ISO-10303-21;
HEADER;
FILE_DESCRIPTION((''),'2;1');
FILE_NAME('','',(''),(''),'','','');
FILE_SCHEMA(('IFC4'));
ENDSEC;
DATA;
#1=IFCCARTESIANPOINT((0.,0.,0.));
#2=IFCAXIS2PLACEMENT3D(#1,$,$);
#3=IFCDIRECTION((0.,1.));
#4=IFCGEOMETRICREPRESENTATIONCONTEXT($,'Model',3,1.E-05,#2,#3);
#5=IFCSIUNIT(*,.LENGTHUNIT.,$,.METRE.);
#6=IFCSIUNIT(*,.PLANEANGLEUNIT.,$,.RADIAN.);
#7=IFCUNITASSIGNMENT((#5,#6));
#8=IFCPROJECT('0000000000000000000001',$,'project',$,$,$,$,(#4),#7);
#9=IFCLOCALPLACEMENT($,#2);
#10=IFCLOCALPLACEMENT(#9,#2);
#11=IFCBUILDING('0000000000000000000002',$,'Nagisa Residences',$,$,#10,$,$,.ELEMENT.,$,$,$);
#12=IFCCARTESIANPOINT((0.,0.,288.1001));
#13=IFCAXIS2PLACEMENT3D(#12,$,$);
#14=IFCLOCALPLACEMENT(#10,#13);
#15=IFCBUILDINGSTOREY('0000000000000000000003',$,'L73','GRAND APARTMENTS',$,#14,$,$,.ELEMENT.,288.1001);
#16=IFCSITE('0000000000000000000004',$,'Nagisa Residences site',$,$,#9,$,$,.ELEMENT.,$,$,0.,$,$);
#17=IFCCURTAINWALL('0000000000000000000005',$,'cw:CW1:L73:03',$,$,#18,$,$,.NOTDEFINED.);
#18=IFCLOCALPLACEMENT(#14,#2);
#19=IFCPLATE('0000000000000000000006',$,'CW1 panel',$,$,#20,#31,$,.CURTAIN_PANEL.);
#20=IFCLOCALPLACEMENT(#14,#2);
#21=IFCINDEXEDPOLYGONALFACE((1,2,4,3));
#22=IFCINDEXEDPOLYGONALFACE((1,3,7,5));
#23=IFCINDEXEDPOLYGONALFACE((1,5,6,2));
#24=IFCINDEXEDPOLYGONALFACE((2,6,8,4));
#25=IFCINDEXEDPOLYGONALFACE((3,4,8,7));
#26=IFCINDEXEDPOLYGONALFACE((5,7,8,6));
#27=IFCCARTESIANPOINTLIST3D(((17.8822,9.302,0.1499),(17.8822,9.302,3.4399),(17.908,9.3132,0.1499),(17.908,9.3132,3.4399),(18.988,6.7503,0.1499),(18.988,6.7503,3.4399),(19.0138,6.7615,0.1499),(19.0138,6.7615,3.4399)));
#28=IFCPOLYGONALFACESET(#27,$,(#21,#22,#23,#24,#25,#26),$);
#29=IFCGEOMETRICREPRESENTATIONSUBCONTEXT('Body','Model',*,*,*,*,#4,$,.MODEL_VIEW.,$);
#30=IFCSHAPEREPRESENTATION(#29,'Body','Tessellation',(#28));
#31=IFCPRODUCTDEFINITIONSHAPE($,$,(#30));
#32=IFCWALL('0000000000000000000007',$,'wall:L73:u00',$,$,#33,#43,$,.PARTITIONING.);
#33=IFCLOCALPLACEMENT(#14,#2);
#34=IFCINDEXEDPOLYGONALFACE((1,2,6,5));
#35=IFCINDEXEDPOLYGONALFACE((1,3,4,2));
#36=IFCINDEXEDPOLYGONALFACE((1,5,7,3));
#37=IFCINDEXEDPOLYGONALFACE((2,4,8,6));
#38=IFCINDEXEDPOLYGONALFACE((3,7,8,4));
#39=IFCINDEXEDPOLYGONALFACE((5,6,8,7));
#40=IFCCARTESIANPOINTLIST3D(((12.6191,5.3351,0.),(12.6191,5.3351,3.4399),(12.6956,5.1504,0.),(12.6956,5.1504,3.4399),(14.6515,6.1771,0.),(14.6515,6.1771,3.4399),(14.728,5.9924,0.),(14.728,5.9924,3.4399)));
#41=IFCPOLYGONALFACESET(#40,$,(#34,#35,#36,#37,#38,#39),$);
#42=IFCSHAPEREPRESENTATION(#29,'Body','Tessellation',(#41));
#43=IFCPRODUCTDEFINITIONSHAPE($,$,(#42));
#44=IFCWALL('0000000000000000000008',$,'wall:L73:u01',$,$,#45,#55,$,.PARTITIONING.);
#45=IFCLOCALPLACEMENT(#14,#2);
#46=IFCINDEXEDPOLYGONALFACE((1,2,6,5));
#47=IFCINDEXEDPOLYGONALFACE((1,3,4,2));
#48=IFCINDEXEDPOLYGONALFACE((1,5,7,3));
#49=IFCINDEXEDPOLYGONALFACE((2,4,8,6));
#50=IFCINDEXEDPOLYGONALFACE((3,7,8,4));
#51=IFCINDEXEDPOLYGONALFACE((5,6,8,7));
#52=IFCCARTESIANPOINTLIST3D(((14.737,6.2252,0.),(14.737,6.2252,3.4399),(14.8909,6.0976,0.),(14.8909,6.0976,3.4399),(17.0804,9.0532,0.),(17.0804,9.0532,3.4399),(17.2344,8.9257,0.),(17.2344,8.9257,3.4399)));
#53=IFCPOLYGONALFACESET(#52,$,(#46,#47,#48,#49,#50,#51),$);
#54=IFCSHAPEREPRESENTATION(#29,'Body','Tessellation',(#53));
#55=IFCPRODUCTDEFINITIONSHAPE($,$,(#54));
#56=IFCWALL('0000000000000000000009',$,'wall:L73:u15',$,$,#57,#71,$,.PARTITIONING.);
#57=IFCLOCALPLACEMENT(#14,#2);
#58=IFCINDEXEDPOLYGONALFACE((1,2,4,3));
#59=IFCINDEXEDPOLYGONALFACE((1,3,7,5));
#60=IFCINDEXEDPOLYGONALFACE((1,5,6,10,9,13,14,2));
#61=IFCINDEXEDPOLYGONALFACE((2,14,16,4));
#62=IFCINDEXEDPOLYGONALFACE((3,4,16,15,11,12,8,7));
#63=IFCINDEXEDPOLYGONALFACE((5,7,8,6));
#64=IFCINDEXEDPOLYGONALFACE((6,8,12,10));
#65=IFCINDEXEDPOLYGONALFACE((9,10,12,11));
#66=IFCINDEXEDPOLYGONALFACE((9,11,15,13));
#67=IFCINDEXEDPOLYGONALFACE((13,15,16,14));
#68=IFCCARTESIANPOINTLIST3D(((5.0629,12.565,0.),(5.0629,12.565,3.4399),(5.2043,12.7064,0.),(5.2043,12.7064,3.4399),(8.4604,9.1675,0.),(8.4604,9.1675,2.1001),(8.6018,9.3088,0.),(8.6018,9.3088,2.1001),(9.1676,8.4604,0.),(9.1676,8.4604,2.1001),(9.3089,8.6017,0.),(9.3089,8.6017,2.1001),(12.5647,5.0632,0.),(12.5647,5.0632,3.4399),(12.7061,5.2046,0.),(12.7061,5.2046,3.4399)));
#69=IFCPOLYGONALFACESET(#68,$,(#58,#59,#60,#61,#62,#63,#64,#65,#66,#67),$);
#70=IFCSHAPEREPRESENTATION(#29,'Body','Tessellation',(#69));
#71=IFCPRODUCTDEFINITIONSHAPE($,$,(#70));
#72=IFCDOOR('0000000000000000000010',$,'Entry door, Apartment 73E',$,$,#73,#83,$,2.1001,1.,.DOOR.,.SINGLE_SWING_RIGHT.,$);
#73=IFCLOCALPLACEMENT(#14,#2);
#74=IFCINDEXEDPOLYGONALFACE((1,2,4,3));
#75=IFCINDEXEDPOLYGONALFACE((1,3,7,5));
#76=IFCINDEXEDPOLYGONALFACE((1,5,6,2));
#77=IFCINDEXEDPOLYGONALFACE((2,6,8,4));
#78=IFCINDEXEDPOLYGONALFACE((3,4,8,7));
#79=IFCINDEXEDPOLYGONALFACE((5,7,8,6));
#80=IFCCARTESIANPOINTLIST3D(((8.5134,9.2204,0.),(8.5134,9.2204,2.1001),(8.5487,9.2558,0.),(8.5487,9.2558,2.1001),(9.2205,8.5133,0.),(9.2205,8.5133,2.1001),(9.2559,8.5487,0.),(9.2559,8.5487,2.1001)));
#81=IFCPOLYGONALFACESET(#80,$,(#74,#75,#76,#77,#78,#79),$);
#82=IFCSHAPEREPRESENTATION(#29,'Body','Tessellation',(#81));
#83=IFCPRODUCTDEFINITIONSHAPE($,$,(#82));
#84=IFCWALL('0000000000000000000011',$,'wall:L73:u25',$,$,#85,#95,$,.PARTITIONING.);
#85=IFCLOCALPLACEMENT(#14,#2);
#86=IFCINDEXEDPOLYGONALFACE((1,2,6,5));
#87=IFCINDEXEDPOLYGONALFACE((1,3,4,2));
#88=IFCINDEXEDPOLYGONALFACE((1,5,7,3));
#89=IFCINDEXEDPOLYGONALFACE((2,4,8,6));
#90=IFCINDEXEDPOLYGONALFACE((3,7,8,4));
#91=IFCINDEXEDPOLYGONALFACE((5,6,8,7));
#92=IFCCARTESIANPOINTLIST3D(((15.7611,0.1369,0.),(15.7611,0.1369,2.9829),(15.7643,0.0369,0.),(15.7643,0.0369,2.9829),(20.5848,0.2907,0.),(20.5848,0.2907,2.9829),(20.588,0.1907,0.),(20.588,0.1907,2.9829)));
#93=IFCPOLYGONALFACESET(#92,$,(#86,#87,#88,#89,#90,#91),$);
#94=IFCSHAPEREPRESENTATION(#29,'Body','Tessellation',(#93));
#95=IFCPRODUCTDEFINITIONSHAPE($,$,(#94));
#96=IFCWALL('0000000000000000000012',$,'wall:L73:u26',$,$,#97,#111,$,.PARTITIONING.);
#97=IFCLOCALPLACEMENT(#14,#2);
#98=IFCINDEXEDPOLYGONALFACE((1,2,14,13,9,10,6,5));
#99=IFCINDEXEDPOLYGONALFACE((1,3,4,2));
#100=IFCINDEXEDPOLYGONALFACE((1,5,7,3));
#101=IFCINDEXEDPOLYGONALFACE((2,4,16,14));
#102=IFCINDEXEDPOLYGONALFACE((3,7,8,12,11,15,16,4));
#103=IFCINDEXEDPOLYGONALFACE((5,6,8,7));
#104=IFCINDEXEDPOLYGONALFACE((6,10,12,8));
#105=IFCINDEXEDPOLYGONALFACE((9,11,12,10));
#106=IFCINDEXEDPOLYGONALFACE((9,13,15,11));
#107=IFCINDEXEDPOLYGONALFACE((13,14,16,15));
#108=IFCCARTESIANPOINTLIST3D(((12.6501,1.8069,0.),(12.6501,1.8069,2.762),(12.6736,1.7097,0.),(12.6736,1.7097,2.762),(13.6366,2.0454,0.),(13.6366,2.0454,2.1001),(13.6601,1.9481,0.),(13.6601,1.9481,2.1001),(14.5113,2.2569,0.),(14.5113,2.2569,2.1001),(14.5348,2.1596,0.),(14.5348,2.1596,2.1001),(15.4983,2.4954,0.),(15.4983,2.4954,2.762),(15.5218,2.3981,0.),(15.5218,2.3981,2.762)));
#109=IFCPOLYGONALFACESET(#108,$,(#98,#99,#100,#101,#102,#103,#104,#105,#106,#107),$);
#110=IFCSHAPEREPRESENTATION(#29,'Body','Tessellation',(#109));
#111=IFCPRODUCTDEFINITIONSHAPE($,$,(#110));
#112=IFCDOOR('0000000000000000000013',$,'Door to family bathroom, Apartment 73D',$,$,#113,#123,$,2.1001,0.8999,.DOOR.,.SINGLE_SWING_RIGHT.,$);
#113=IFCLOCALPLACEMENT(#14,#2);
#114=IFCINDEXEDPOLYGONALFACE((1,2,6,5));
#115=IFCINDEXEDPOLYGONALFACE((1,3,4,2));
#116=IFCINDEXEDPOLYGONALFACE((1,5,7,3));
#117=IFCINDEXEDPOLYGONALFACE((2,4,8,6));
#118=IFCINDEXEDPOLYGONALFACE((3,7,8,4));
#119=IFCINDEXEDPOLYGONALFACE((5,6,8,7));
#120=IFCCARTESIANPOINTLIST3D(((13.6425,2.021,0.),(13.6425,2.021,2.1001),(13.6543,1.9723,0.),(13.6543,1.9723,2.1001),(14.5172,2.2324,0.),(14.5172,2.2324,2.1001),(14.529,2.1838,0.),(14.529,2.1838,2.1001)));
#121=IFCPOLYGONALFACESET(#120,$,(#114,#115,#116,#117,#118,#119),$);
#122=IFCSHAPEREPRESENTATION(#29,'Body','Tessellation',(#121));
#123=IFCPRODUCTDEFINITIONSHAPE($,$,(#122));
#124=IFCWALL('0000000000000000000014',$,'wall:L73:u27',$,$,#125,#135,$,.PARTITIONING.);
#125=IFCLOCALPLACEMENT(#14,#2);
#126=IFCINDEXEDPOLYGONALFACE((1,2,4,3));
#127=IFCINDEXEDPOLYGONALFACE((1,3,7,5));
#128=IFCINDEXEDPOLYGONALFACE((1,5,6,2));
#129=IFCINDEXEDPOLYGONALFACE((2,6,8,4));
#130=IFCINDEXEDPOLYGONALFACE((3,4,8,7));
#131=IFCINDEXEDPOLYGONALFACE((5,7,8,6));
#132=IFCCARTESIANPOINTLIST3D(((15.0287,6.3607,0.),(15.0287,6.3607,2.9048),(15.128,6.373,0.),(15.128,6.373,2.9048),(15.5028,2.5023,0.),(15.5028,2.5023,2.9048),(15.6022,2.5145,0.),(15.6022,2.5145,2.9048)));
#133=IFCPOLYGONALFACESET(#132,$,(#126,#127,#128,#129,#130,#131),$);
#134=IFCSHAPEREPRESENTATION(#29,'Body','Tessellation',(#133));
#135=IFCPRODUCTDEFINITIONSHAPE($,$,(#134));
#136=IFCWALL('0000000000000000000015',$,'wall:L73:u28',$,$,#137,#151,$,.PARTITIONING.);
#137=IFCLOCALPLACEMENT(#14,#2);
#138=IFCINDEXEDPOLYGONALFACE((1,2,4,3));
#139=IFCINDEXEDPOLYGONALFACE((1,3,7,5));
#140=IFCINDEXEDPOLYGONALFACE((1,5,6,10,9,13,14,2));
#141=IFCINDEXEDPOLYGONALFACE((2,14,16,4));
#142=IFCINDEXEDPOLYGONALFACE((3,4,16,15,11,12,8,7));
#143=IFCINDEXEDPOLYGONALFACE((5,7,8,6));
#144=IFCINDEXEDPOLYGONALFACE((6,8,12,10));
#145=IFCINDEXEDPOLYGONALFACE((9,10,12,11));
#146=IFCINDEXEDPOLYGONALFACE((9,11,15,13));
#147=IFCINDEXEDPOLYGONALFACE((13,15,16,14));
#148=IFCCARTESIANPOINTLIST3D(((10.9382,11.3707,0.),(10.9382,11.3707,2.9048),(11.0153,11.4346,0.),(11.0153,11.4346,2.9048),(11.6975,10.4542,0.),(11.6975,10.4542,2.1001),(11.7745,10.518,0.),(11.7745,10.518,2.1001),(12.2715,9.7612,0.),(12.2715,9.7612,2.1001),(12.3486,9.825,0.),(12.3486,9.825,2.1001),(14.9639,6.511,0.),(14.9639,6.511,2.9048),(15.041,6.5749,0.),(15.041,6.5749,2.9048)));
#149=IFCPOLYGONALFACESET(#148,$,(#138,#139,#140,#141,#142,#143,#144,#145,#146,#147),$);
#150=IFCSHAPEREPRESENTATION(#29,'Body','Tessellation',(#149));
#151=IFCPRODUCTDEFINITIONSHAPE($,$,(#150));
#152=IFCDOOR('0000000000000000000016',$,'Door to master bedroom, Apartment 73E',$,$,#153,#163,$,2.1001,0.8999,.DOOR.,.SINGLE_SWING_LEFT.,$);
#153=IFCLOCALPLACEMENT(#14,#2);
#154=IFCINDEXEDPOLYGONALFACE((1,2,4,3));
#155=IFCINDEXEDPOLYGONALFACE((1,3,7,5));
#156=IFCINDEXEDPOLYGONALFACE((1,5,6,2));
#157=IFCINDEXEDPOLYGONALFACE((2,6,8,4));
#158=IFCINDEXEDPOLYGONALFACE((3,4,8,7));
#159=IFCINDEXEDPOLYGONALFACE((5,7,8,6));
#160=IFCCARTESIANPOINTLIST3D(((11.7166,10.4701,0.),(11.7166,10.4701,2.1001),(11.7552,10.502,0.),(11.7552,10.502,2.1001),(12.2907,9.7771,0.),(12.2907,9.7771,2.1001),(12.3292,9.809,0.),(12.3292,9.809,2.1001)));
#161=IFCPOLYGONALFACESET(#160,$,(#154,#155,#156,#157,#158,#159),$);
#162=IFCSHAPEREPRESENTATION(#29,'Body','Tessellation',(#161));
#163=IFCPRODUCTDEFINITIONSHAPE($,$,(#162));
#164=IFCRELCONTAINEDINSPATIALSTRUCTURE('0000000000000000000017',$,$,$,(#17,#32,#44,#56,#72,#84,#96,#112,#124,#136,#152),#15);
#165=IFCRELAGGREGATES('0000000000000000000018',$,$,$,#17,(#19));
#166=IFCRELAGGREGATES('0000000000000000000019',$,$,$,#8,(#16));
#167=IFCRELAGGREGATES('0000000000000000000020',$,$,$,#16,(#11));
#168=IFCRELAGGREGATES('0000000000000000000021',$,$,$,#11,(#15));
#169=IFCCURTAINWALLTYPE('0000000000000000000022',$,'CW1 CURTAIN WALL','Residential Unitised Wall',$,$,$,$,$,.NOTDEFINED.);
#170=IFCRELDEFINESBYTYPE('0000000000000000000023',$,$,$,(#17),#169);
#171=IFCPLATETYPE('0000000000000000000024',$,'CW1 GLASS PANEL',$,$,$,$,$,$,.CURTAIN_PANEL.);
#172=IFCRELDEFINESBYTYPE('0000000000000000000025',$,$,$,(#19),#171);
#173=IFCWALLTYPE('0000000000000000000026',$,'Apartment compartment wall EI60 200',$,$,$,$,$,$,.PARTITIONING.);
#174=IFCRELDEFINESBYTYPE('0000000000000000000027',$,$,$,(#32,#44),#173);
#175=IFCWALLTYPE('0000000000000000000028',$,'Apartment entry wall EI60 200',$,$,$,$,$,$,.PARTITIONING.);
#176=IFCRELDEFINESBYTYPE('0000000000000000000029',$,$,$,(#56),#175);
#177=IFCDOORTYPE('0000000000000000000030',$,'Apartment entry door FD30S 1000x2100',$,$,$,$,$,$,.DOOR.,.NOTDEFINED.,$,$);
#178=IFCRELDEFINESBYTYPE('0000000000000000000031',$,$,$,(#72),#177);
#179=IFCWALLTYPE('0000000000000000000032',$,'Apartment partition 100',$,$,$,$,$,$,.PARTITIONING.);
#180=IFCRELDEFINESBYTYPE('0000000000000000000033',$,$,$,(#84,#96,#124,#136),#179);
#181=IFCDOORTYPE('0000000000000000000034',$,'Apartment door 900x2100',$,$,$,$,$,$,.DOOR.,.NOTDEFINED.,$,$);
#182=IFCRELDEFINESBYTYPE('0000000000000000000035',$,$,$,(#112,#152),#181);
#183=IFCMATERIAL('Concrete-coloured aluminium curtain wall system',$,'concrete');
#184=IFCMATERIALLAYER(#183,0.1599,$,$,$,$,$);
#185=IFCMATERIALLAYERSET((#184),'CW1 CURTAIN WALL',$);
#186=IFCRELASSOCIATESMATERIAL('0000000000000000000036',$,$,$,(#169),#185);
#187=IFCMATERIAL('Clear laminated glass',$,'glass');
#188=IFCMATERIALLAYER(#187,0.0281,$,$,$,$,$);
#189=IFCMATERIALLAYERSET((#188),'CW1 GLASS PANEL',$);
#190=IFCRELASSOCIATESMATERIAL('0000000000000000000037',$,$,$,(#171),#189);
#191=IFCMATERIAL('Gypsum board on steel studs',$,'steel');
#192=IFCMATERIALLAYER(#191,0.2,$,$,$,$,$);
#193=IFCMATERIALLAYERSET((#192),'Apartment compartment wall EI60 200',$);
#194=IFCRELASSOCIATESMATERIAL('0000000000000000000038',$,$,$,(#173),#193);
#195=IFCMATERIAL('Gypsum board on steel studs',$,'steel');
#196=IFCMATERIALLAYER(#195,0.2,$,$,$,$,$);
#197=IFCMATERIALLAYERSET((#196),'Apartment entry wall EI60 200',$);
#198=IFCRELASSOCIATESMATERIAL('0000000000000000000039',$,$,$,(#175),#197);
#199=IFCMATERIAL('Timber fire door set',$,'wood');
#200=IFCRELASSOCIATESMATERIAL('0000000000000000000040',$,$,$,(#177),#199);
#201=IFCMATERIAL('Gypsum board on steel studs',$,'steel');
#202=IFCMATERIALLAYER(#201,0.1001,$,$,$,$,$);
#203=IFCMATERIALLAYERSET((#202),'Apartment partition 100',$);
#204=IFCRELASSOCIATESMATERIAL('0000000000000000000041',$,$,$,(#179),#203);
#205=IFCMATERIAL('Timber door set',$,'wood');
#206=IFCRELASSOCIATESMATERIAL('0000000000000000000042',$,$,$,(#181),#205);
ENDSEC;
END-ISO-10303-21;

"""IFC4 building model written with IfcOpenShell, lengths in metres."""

from ifc_helpers import new_model, si_unit, direction, frame, frame_2d, origin, origin_2d, place, context, subcontext, project, spatial, rectangle, extrude, material, layer, layer_set, type_object, element, fill, aggregate, save


model = new_model("IFC4")

# Units and contexts
model_context = context("Model", 3, precision=1e-05, world=origin(), true_north=direction((0.0, 1.0)))
body_context = subcontext(model_context, "Body", "Model", "MODEL_VIEW")
ifc_project = project(units=[si_unit("LENGTHUNIT", "METRE"), si_unit("PLANEANGLEUNIT", "RADIAN")], contexts=[model_context])

# Site, building, storey
site_placement = place(None, origin())
site = spatial("IfcSite", under=ifc_project, at=site_placement, Name="Nagisa Residences site", CompositionType="ELEMENT", RefElevation=0.0)
building_placement = place(site_placement, origin())
building = spatial("IfcBuilding", under=site, at=building_placement, Name="Nagisa Residences", CompositionType="ELEMENT")
storey_placement = place(building_placement, frame((0.0, 0.0, 288.1001)))
storey = spatial("IfcBuildingStorey", under=building, at=storey_placement, Name="L73", Description="GRAND APARTMENTS", CompositionType="ELEMENT", Elevation=288.1001)

# Curtain wall
ifc_material_1 = material(Name="Concrete-coloured aluminium curtain wall system", Category="concrete")
ifc_layer_1 = layer(ifc_material_1, 0.1599)
ifc_layer_set_1 = layer_set([ifc_layer_1], Name="CW1 CURTAIN WALL")
curtain_wall_type = type_object("IfcCurtainWallType", Name="CW1 CURTAIN WALL", Description="Residential Unitised Wall", PredefinedType="NOTDEFINED", material=ifc_layer_set_1)
curtain_wall_1_placement = place(storey_placement, origin())
curtain_wall_1 = element("IfcCurtainWall", 1, at=curtain_wall_1_placement, inside=storey, type_object=curtain_wall_type, Name="cw:CW1:L73:03", PredefinedType="NOTDEFINED")

# Plate
ifc_material_2 = material(Name="Clear laminated glass", Category="glass")
ifc_layer_2 = layer(ifc_material_2, 0.0281)
ifc_layer_set_2 = layer_set([ifc_layer_2], Name="CW1 GLASS PANEL")
plate_type = type_object("IfcPlateType", Name="CW1 GLASS PANEL", PredefinedType="CURTAIN_PANEL", material=ifc_layer_set_2)
plate_1_placement = place(storey_placement, frame((18.448, 8.0317, 0.1499), z_axis=(0.0, 0.0, 1.0), x_axis=(-0.397636, 0.917543, 0.0)))
plate_1 = element("IfcPlate", 2, at=plate_1_placement, type_object=plate_type, Name="CW1 panel", PredefinedType="CURTAIN_PANEL", context=body_context, shape_type="SweptSolid", body=[
    extrude(rectangle(XDim=2.781, YDim=0.0281, at=origin_2d()), origin(), (0.0, 0.0, 1.0), 3.29),
])
aggregate(curtain_wall_1, [plate_1])

# Walls
ifc_material_3 = material(Name="Gypsum board on steel studs", Category="steel")
ifc_layer_3 = layer(ifc_material_3, 0.2)
ifc_layer_set_3 = layer_set([ifc_layer_3], Name="Apartment compartment wall EI60 200")
wall_type_1 = type_object("IfcWallType", Name="Apartment compartment wall EI60 200", PredefinedType="PARTITIONING", material=ifc_layer_set_3)
wall_1_placement = place(storey_placement, frame((12.6572, 5.2427, 0.0), z_axis=(0.0, 0.0, 1.0), x_axis=(0.923853, 0.382747, 0.0)))
element("IfcWall", 3, at=wall_1_placement, inside=storey, type_object=wall_type_1, Name="wall:L73:u00", PredefinedType="PARTITIONING", context=body_context, shape_type="SweptSolid", body=[
    extrude(rectangle(XDim=2.2, YDim=0.2, at=frame_2d((1.1001, 0.0))), origin(), (0.0, 0.0, 1.0), 3.4399),
])
wall_2_placement = place(storey_placement, frame((14.814, 6.1614, 0.0), z_axis=(0.0, 0.0, 1.0), x_axis=(0.638051, 0.769995, 0.0)))
element("IfcWall", 4, at=wall_2_placement, inside=storey, type_object=wall_type_1, Name="wall:L73:u01", PredefinedType="PARTITIONING", context=body_context, shape_type="SweptSolid", body=[
    extrude(rectangle(XDim=3.6729, YDim=0.2, at=frame_2d((1.8364, 0.0))), origin(), (0.0, 0.0, 1.0), 3.4399),
])

# Wall, opening, door
ifc_material_4 = material(Name="Gypsum board on steel studs", Category="steel")
ifc_layer_4 = layer(ifc_material_4, 0.2)
ifc_layer_set_4 = layer_set([ifc_layer_4], Name="Apartment entry wall EI60 200")
wall_type_2 = type_object("IfcWallType", Name="Apartment entry wall EI60 200", PredefinedType="PARTITIONING", material=ifc_layer_set_4)
wall_3_placement = place(storey_placement, frame((12.6355, 5.1338, 0.0), z_axis=(0.0, 0.0, 1.0), x_axis=(-0.707107, 0.707107, 0.0)))
wall_3 = element("IfcWall", 5, at=wall_3_placement, inside=storey, type_object=wall_type_2, Name="wall:L73:u15", PredefinedType="PARTITIONING", context=body_context, shape_type="SweptSolid", body=[
    extrude(rectangle(XDim=10.6091, YDim=0.2, at=frame_2d((5.3047, 0.0))), origin(), (0.0, 0.0, 1.0), 3.4399),
])
opening_1_placement = place(wall_3_placement, frame((4.8044, 0.0, 0.0)))
opening_1 = element("IfcOpeningElement", 6, at=opening_1_placement, cuts=wall_3, PredefinedType="OPENING", context=body_context, shape_type="SweptSolid", body=[
    extrude(rectangle(XDim=1.0, YDim=2.1001, at=frame_2d((0.5, 1.05))), frame((0.0, 0.1099, 0.0), z_axis=(0.0, -1.0, 0.0), x_axis=(1.0, 0.0, 0.0)), (0.0, 0.0, 1.0), 0.22),
])
ifc_material_5 = material(Name="Timber fire door set", Category="wood")
door_type_1 = type_object("IfcDoorType", Name="Apartment entry door FD30S 1000x2100", OperationType="NOTDEFINED", PredefinedType="DOOR", material=ifc_material_5)
door_1_placement = place(opening_1_placement, frame((1.0, 0.0, 0.0), x_axis=(-1.0, 0.0, 0.0)))
door_1 = element("IfcDoor", 7, at=door_1_placement, inside=storey, type_object=door_type_1, Name="Entry door, Apartment 73E", OperationType="SINGLE_SWING_RIGHT", OverallHeight=2.1001, OverallWidth=1.0, PredefinedType="DOOR", context=body_context, shape_type="SweptSolid", body=[
    extrude(rectangle(XDim=1.0, YDim=2.1001, at=frame_2d((0.5, 1.05))), frame((0.0, 0.0249, 0.0), z_axis=(0.0, -1.0, 0.0), x_axis=(1.0, 0.0, 0.0)), (0.0, 0.0, 1.0), 0.05),
])
fill(opening_1, door_1)

# Wall
ifc_material_6 = material(Name="Gypsum board on steel studs", Category="steel")
ifc_layer_5 = layer(ifc_material_6, 0.1001)
ifc_layer_set_5 = layer_set([ifc_layer_5], Name="Apartment partition 100")
wall_type_3 = type_object("IfcWallType", Name="Apartment partition 100", PredefinedType="PARTITIONING", material=ifc_layer_set_5)
wall_4_placement = place(storey_placement, frame((15.7627, 0.0869, 0.0), z_axis=(0.0, 0.0, 1.0), x_axis=(0.999492, 0.03187, 0.0)))
element("IfcWall", 8, at=wall_4_placement, inside=storey, type_object=wall_type_3, Name="wall:L73:u25", PredefinedType="PARTITIONING", context=body_context, shape_type="SweptSolid", body=[
    extrude(rectangle(XDim=4.8262, YDim=0.1001, at=frame_2d((2.4131, 0.0))), origin(), (0.0, 0.0, 1.0), 2.9829),
])

# Wall, opening, door
wall_5_placement = place(storey_placement, frame((12.6619, 1.7583, 0.0), z_axis=(0.0, 0.0, 1.0), x_axis=(0.972005, 0.234961, 0.0)))
wall_5 = element("IfcWall", 9, at=wall_5_placement, inside=storey, type_object=wall_type_3, Name="wall:L73:u26", PredefinedType="PARTITIONING", context=body_context, shape_type="SweptSolid", body=[
    extrude(rectangle(XDim=2.9302, YDim=0.1001, at=frame_2d((1.4651, 0.0))), origin(), (0.0, 0.0, 1.0), 2.762),
])
opening_2_placement = place(wall_5_placement, frame((1.0149, 0.0, 0.0)))
opening_2 = element("IfcOpeningElement", 10, at=opening_2_placement, cuts=wall_5, PredefinedType="OPENING", context=body_context, shape_type="SweptSolid", body=[
    extrude(rectangle(XDim=0.8999, YDim=2.1001, at=frame_2d((0.45, 1.05))), frame((0.0, 0.0601, 0.0), z_axis=(0.0, -1.0, 0.0), x_axis=(1.0, 0.0, 0.0)), (0.0, 0.0, 1.0), 0.1201),
])
ifc_material_7 = material(Name="Timber door set", Category="wood")
door_type_2 = type_object("IfcDoorType", Name="Apartment door 900x2100", OperationType="NOTDEFINED", PredefinedType="DOOR", material=ifc_material_7)
door_2_placement = place(opening_2_placement, origin())
door_2 = element("IfcDoor", 11, at=door_2_placement, inside=storey, type_object=door_type_2, Name="Door to family bathroom, Apartment 73D", OperationType="SINGLE_SWING_RIGHT", OverallHeight=2.1001, OverallWidth=0.8999, PredefinedType="DOOR", context=body_context, shape_type="SweptSolid", body=[
    extrude(rectangle(XDim=0.8999, YDim=2.1001, at=frame_2d((0.45, 1.05))), frame((0.0, 0.0249, 0.0), z_axis=(0.0, -1.0, 0.0), x_axis=(1.0, 0.0, 0.0)), (0.0, 0.0, 1.0), 0.05),
])
fill(opening_2, door_2)

# Wall
wall_6_placement = place(storey_placement, frame((15.5525, 2.5083, 0.0), z_axis=(0.0, 0.0, 1.0), x_axis=(-0.121963, 0.992535, 0.0)))
element("IfcWall", 12, at=wall_6_placement, inside=storey, type_object=wall_type_3, Name="wall:L73:u27", PredefinedType="PARTITIONING", context=body_context, shape_type="SweptSolid", body=[
    extrude(rectangle(XDim=3.8875, YDim=0.1001, at=frame_2d((1.9438, 0.0))), origin(), (0.0, 0.0, 1.0), 2.9048),
])

# Wall, opening, door
wall_7_placement = place(storey_placement, frame((15.0024, 6.543, 0.0), z_axis=(0.0, 0.0, 1.0), x_axis=(-0.637933, 0.770092, 0.0)))
wall_7 = element("IfcWall", 13, at=wall_7_placement, inside=storey, type_object=wall_type_3, Name="wall:L73:u28", PredefinedType="PARTITIONING", context=body_context, shape_type="SweptSolid", body=[
    extrude(rectangle(XDim=6.3105, YDim=0.1001, at=frame_2d((3.1553, 0.0))), origin(), (0.0, 0.0, 1.0), 2.9048),
])
opening_3_placement = place(wall_7_placement, frame((4.2205, 0.0, 0.0)))
opening_3 = element("IfcOpeningElement", 14, at=opening_3_placement, cuts=wall_7, PredefinedType="OPENING", context=body_context, shape_type="SweptSolid", body=[
    extrude(rectangle(XDim=0.8999, YDim=2.1001, at=frame_2d((0.45, 1.05))), frame((0.0, 0.0601, 0.0), z_axis=(0.0, -1.0, 0.0), x_axis=(1.0, 0.0, 0.0)), (0.0, 0.0, 1.0), 0.1201),
])
door_3_placement = place(opening_3_placement, frame((0.8999, 0.0, 0.0), x_axis=(-1.0, 0.0, 0.0)))
door_3 = element("IfcDoor", 15, at=door_3_placement, inside=storey, type_object=door_type_2, Name="Door to master bedroom, Apartment 73E", OperationType="SINGLE_SWING_LEFT", OverallHeight=2.1001, OverallWidth=0.8999, PredefinedType="DOOR", context=body_context, shape_type="SweptSolid", body=[
    extrude(rectangle(XDim=0.8999, YDim=2.1001, at=frame_2d((0.45, 1.05))), frame((0.0, 0.0249, 0.0), z_axis=(0.0, -1.0, 0.0), x_axis=(1.0, 0.0, 0.0)), (0.0, 0.0, 1.0), 0.05),
])
fill(opening_3, door_3)

save(model, "model.ifc")
